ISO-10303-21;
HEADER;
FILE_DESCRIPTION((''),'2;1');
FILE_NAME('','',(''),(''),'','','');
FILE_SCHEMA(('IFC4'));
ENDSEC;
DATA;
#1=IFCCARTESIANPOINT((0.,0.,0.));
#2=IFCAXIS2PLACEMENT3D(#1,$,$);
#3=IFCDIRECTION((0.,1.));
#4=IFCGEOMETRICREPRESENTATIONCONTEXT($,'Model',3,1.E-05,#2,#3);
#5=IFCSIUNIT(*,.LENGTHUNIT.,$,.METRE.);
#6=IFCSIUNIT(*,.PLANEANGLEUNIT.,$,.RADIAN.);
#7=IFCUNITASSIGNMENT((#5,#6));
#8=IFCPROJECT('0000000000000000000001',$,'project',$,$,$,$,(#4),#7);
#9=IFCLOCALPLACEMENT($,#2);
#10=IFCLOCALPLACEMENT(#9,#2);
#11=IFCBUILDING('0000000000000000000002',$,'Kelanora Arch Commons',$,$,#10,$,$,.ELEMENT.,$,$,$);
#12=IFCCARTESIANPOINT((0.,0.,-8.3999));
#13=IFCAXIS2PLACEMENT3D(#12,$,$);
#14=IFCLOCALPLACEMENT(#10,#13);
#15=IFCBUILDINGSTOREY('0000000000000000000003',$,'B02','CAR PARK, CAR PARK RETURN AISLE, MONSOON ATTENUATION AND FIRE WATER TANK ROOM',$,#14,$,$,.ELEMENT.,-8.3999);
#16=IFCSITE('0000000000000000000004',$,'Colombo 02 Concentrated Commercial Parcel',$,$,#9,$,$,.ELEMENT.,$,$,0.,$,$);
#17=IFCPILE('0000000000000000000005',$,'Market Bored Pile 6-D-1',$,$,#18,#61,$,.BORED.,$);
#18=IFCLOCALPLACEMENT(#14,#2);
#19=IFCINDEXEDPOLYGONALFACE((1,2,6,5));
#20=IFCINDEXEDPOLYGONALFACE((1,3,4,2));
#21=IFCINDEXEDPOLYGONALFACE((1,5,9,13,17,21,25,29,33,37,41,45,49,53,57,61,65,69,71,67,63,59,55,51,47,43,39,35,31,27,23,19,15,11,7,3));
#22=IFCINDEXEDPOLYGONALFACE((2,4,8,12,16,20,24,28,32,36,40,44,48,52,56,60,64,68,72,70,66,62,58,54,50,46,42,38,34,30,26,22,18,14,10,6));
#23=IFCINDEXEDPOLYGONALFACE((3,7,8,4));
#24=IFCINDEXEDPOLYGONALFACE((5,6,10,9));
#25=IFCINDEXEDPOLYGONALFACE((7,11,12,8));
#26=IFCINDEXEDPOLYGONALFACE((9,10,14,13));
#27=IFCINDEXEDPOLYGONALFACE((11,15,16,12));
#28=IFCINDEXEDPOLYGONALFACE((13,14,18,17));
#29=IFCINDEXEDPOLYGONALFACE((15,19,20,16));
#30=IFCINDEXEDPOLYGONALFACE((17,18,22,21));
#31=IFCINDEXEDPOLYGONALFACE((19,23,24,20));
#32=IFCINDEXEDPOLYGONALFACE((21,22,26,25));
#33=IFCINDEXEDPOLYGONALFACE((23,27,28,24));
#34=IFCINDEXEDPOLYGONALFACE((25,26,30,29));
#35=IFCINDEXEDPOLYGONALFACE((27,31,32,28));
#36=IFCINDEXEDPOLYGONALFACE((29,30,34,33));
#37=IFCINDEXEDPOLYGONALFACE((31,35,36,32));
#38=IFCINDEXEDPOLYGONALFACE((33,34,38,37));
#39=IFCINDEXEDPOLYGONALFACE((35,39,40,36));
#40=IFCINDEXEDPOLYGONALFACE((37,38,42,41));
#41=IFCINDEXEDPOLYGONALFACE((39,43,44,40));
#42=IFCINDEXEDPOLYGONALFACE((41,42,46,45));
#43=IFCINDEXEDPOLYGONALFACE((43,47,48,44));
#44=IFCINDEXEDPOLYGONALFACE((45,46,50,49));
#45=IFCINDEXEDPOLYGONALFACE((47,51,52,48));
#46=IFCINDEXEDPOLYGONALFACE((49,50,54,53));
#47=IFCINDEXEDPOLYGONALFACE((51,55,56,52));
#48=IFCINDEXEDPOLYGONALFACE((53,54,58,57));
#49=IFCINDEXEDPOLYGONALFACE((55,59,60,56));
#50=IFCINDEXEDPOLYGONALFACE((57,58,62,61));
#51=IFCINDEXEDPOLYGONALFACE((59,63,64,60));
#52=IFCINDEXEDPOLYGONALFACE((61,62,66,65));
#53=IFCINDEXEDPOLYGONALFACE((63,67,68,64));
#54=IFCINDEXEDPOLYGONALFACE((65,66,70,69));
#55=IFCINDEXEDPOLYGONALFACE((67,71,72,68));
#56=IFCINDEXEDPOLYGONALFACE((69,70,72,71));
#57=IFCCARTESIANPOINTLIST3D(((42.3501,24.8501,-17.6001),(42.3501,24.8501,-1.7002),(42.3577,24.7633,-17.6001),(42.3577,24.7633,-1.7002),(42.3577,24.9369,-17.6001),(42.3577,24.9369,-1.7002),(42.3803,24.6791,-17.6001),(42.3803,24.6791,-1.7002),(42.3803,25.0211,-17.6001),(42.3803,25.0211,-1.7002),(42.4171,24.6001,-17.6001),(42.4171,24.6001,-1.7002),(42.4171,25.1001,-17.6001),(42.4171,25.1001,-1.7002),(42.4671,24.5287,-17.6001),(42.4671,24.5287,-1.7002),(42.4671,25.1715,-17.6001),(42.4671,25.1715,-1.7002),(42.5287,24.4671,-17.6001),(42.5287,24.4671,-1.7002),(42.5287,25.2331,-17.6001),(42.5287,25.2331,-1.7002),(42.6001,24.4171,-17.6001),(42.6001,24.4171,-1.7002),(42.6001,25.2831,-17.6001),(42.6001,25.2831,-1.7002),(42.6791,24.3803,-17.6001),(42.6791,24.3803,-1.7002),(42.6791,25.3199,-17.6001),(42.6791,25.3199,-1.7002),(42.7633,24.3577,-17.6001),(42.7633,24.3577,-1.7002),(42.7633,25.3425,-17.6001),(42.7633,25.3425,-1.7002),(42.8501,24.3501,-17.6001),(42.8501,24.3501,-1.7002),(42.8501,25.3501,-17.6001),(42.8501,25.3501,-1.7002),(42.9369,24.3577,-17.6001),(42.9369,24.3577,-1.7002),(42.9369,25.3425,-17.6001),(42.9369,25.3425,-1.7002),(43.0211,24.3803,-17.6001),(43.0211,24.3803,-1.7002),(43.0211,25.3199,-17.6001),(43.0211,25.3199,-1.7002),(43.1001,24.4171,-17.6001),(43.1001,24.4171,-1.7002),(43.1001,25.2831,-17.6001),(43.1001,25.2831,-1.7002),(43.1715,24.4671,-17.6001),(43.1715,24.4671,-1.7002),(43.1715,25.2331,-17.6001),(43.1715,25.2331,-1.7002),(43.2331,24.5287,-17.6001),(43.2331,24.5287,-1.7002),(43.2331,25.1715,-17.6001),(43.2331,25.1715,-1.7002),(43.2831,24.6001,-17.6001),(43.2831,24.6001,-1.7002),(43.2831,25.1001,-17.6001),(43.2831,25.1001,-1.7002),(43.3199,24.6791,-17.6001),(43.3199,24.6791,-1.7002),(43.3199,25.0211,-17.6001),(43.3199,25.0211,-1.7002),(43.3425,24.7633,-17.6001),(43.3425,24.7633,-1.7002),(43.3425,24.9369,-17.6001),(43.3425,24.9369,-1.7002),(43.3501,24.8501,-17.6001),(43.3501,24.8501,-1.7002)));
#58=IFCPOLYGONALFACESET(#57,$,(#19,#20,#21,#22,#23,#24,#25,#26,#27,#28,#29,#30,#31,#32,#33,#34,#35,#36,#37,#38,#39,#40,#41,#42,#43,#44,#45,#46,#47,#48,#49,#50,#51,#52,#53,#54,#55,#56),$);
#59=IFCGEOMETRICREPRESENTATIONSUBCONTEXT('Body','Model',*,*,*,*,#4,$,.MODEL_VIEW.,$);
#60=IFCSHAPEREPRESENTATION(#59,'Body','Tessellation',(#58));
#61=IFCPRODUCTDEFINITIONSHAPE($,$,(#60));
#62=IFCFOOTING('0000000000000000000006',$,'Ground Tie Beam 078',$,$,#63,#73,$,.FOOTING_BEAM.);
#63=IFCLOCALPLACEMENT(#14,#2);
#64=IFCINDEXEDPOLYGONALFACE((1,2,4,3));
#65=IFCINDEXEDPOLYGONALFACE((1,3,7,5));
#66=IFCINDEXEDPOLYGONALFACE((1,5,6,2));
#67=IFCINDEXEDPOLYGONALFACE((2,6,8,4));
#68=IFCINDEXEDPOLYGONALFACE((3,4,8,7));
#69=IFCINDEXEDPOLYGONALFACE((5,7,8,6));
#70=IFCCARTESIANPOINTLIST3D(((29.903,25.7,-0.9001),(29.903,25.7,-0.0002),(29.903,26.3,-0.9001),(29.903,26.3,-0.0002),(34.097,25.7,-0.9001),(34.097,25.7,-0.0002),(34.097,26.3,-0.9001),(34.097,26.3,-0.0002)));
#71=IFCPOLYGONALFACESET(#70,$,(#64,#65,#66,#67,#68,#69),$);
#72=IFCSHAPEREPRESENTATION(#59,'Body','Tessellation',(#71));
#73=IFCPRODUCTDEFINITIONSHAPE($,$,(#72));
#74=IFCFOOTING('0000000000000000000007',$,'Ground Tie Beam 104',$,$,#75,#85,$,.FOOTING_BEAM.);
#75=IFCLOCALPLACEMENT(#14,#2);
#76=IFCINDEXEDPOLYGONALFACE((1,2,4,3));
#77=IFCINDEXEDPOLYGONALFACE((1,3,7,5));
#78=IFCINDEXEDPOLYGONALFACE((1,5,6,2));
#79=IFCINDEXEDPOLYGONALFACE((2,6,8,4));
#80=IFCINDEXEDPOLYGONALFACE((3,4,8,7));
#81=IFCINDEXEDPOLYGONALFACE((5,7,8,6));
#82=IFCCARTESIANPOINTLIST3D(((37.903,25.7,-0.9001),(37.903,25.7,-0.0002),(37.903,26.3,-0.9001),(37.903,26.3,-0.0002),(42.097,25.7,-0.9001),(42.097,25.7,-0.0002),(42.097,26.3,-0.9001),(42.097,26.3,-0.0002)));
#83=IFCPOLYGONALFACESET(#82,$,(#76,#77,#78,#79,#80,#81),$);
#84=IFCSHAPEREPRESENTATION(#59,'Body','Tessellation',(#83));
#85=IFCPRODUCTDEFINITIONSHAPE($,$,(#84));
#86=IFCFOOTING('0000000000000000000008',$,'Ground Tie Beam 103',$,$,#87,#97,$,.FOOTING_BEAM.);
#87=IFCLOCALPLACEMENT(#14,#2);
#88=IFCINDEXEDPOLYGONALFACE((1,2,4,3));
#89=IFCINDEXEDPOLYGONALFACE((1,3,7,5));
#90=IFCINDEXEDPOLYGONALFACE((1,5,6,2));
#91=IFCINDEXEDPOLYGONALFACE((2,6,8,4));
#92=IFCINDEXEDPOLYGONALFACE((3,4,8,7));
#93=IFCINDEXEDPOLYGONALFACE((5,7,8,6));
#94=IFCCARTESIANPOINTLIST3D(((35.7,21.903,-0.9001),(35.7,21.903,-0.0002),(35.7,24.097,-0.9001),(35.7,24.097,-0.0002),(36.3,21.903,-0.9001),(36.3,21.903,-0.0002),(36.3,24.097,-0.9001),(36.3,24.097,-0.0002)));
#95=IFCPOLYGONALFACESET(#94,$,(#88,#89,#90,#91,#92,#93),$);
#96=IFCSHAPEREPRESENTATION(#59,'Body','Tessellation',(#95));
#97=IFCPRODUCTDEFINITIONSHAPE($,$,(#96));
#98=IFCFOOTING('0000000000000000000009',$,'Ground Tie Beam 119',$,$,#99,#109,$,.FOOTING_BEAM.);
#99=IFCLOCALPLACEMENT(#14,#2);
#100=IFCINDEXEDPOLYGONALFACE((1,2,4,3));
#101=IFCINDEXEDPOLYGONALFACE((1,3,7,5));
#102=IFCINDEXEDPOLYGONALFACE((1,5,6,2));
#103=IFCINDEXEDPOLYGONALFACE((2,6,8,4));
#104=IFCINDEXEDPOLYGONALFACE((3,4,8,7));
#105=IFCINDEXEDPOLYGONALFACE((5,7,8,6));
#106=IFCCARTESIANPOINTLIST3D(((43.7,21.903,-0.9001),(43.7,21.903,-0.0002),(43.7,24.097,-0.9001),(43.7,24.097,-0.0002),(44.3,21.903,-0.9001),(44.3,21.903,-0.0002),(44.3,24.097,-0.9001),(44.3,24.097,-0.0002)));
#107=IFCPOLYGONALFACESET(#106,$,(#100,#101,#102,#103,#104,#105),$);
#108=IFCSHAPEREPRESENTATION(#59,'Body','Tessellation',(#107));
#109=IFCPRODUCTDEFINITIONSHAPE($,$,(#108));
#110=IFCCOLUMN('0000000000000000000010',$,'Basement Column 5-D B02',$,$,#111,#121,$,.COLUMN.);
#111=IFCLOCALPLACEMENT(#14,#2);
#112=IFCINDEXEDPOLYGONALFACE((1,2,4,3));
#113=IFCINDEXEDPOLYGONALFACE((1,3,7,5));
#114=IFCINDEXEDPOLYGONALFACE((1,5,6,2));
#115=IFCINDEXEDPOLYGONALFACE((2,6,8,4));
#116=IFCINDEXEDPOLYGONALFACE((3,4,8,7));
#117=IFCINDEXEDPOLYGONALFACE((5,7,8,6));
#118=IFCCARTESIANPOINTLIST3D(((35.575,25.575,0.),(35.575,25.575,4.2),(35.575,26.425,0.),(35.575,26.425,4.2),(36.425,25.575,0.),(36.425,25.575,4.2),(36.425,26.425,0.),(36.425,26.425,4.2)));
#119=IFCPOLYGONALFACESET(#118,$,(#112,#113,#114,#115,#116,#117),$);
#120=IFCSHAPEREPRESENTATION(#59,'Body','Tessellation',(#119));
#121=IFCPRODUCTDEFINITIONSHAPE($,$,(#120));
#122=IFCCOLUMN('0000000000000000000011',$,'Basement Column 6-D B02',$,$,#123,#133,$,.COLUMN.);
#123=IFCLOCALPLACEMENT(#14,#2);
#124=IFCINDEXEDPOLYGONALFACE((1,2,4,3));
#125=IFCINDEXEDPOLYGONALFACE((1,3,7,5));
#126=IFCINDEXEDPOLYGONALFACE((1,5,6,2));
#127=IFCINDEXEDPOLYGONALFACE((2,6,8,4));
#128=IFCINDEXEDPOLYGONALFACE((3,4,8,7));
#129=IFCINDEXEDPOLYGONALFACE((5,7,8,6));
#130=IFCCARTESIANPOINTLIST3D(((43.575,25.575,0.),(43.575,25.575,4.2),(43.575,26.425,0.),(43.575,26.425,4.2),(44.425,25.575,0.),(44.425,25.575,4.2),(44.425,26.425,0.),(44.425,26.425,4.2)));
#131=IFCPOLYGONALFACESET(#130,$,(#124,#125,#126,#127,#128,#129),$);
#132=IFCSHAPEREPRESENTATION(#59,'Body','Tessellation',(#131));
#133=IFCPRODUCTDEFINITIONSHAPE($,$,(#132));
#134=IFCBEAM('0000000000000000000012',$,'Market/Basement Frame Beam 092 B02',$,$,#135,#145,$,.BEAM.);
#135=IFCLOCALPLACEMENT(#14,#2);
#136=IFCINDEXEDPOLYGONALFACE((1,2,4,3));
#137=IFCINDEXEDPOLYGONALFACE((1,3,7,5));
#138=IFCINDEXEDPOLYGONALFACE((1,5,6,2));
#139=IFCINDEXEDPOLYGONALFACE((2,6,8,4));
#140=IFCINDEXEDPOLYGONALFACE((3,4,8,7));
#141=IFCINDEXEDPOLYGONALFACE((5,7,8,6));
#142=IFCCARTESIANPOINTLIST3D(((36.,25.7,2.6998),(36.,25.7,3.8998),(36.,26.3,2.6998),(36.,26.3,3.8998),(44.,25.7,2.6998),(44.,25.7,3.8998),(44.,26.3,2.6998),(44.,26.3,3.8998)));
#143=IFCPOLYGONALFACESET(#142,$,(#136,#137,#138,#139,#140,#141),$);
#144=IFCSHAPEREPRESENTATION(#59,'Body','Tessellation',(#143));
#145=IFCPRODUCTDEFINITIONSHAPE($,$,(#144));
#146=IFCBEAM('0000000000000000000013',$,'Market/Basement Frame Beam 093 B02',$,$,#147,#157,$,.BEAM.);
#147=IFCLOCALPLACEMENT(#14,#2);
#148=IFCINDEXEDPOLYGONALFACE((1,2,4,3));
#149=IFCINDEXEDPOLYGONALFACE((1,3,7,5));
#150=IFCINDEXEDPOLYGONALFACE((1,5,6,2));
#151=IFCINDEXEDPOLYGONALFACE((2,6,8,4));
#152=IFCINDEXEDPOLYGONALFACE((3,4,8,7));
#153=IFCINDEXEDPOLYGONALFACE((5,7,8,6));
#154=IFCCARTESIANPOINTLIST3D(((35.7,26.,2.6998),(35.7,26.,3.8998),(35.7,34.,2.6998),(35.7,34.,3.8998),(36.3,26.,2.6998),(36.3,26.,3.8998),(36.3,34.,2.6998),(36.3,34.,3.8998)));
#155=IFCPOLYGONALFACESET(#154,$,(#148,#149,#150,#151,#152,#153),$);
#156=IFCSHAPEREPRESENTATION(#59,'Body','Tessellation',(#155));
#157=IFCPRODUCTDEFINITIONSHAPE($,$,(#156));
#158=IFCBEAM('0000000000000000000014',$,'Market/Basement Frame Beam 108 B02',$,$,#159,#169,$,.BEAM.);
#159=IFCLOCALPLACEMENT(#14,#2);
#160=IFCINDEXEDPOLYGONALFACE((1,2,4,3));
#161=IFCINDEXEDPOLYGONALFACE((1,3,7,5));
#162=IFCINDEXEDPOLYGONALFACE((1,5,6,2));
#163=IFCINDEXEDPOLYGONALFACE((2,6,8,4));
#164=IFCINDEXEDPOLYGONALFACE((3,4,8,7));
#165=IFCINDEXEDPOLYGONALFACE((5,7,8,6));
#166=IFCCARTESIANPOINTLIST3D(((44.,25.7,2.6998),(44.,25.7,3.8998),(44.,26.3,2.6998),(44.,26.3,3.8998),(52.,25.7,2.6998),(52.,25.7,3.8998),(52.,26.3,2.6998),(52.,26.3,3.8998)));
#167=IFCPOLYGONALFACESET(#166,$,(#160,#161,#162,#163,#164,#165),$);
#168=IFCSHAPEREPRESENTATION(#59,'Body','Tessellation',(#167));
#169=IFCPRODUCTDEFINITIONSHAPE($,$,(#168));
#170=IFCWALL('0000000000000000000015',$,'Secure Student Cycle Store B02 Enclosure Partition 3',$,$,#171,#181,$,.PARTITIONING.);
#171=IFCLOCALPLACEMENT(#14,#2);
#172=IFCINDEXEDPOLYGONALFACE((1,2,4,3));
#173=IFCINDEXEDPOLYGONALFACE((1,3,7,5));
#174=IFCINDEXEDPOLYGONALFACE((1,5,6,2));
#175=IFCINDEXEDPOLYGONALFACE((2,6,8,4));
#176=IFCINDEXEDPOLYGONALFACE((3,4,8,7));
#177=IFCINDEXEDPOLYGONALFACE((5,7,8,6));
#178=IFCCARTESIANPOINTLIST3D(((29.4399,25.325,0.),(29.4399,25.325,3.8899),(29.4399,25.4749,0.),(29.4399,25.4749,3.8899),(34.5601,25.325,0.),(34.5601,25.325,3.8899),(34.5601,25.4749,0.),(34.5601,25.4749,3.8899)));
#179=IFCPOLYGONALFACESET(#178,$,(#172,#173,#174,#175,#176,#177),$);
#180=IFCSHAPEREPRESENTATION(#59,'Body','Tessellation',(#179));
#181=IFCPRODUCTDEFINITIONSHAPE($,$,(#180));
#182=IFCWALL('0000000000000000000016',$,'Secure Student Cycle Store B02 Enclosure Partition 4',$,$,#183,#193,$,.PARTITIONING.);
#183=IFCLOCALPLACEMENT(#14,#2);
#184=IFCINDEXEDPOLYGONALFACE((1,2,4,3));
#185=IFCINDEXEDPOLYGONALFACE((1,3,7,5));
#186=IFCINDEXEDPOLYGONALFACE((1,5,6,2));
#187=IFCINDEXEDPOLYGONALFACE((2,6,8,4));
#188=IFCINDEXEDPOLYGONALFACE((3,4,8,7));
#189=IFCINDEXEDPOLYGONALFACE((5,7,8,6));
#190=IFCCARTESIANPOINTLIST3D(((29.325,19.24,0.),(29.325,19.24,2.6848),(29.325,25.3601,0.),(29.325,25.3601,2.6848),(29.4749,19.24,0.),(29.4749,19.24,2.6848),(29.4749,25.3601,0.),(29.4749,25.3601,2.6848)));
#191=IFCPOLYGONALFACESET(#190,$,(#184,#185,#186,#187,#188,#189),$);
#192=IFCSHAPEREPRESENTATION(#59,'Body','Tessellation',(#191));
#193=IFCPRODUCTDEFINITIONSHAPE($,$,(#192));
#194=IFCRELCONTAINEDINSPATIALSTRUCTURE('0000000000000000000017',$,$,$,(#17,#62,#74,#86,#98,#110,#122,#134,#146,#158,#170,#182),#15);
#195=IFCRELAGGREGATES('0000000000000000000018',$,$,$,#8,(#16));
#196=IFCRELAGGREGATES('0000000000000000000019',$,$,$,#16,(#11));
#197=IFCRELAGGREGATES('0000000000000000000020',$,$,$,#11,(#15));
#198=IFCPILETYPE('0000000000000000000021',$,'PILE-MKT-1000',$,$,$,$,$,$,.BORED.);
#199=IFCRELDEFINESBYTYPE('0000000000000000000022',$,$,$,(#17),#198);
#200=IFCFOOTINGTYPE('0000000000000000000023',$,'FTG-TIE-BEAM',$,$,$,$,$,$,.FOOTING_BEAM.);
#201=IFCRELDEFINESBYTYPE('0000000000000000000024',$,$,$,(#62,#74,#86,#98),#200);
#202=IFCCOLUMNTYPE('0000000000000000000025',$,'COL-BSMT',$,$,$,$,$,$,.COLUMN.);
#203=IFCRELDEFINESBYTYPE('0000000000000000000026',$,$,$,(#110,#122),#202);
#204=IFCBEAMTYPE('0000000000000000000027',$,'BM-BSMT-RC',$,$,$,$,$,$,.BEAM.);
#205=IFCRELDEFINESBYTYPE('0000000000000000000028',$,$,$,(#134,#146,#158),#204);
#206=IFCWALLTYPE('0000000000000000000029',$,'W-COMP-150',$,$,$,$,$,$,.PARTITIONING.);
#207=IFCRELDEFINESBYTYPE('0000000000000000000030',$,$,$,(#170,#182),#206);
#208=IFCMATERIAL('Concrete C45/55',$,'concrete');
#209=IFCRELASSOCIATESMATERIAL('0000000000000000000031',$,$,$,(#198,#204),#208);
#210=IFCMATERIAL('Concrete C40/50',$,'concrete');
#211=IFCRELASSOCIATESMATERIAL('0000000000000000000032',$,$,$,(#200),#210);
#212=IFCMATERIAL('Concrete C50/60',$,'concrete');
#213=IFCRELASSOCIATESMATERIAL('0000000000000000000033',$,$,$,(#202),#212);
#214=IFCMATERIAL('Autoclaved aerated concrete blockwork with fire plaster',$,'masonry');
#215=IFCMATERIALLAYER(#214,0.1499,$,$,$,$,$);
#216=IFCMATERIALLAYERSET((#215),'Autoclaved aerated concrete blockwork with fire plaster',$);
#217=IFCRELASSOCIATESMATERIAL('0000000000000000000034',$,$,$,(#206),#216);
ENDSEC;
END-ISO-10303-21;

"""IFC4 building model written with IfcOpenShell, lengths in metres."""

from ifc_helpers import new_model, si_unit, direction, frame, frame_2d, origin, origin_2d, place, context, subcontext, project, spatial, rectangle, circle, extrude, source, transform, mapped, material, layer, layer_set, material_profile, profile_set, type_object, element, save


model = new_model("IFC4")

# Units and contexts
model_context = context("Model", 3, precision=1e-05, world=origin(), true_north=direction((0.0, 1.0)))
body_context = subcontext(model_context, "Body", "Model", "MODEL_VIEW")
ifc_project = project(units=[si_unit("LENGTHUNIT", "METRE"), si_unit("PLANEANGLEUNIT", "RADIAN")], contexts=[model_context])

# Site, building, storey
site_placement = place(None, origin())
site = spatial("IfcSite", under=ifc_project, at=site_placement, Name="Colombo 02 Concentrated Commercial Parcel", CompositionType="ELEMENT", RefElevation=0.0)
building_placement = place(site_placement, origin())
building = spatial("IfcBuilding", under=site, at=building_placement, Name="Kelanora Arch Commons", CompositionType="ELEMENT")
storey_placement = place(building_placement, frame((0.0, 0.0, -8.3999)))
storey = spatial("IfcBuildingStorey", under=building, at=storey_placement, Name="B02", Description="CAR PARK, CAR PARK RETURN AISLE, MONSOON ATTENUATION AND FIRE WATER TANK ROOM", CompositionType="ELEMENT", Elevation=-8.3999)

# Shared definitions
ifc_material_1 = material(Name="Concrete C40/50", Category="concrete")

# Pile
ifc_material_2 = material(Name="Concrete C45/55", Category="concrete")
ifc_material_profile_1 = material_profile(ifc_material_2, circle(Radius=0.5, at=origin_2d()), Name="PILE1000")
ifc_profile_set_1 = profile_set([ifc_material_profile_1], Name="Concrete C45/55")
pile_type = type_object("IfcPileType", Name="PILE-MKT-1000", PredefinedType="BORED", material=ifc_profile_set_1)
shared_shape_1 = source(origin(), body_context, "Body", "SweptSolid", [
    extrude(circle(Radius=0.5, at=origin_2d()), origin(), (0.0, 0.0, 1.0), 15.8999),
])
for number, where, z_axis, x_axis, name in (
    (1, (42.8501, 24.8501, -1.7002), (0.0, 0.0, -1.0), (1.0, 0.0, 0.0), "Market Bored Pile 6-D-1"),
):
    element("IfcPile", number, at=place(storey_placement, frame(where, z_axis=z_axis, x_axis=x_axis)), inside=storey, type_object=pile_type, Name=name, PredefinedType="BORED", context=body_context, shape_type="MappedRepresentation", body=[
        mapped(shared_shape_1, transform((0.0, 0.0, 0.0), scale=1.0)),
    ])

# Footings
footing_type_1 = type_object("IfcFootingType", Name="FTG-TIE-BEAM", PredefinedType="FOOTING_BEAM", material=ifc_material_1)
shared_shape_2 = source(origin(), body_context, "Body", "SweptSolid", [
    extrude(rectangle(XDim=4.1941, YDim=0.6001, at=origin_2d()), origin(), (0.0, 0.0, 1.0), 0.8999),
])
for number, where, z_axis, x_axis, name in (
    (2, (32.0, 26.0, -0.9001), (0.0, 0.0, 1.0), (1.0, 0.0, 0.0), "Ground Tie Beam 078"),
    (3, (40.0, 26.0, -0.9001), (0.0, 0.0, 1.0), (1.0, 0.0, 0.0), "Ground Tie Beam 104"),
):
    element("IfcFooting", number, at=place(storey_placement, frame(where, z_axis=z_axis, x_axis=x_axis)), inside=storey, type_object=footing_type_1, Name=name, PredefinedType="FOOTING_BEAM", context=body_context, shape_type="MappedRepresentation", body=[
        mapped(shared_shape_2, transform((0.0, 0.0, 0.0), scale=1.0)),
    ])
shared_shape_3 = source(origin(), body_context, "Body", "SweptSolid", [
    extrude(rectangle(XDim=2.1941, YDim=0.6001, at=origin_2d()), origin(), (0.0, 0.0, 1.0), 0.8999),
])
for number, where, z_axis, x_axis, name in (
    (4, (36.0, 23.0, -0.9001), (0.0, 0.0, 1.0), (0.0, 1.0, 0.0), "Ground Tie Beam 103"),
    (5, (44.0, 23.0, -0.9001), (0.0, 0.0, 1.0), (0.0, 1.0, 0.0), "Ground Tie Beam 119"),
):
    element("IfcFooting", number, at=place(storey_placement, frame(where, z_axis=z_axis, x_axis=x_axis)), inside=storey, type_object=footing_type_1, Name=name, PredefinedType="FOOTING_BEAM", context=body_context, shape_type="MappedRepresentation", body=[
        mapped(shared_shape_3, transform((0.0, 0.0, 0.0), scale=1.0)),
    ])

# Columns
ifc_material_3 = material(Name="Concrete C50/60", Category="concrete")
ifc_material_profile_2 = material_profile(ifc_material_3, rectangle(XDim=0.8501, YDim=0.8501, at=origin_2d()), Name="RC850x850")
ifc_profile_set_2 = profile_set([ifc_material_profile_2], Name="Concrete C50/60")
column_type = type_object("IfcColumnType", Name="COL-BSMT", PredefinedType="COLUMN", material=ifc_profile_set_2)
for number, where, z_axis, x_axis, name in (
    (6, (36.0, 26.0, 0.0), (0.0, 0.0, 1.0), (1.0, 0.0, 0.0), "Basement Column 5-D B02"),
    (7, (44.0, 26.0, 0.0), (0.0, 0.0, 1.0), (1.0, 0.0, 0.0), "Basement Column 6-D B02"),
):
    element("IfcColumn", number, at=place(storey_placement, frame(where, z_axis=z_axis, x_axis=x_axis)), inside=storey, type_object=column_type, Name=name, PredefinedType="COLUMN", context=body_context, shape_type="SweptSolid", body=[
        extrude(rectangle(XDim=0.8501, YDim=0.8501, at=origin_2d()), origin(), (0.0, 0.0, 1.0), 4.2),
    ])

# Beams
ifc_material_profile_3 = material_profile(ifc_material_2, rectangle(XDim=0.6001, YDim=1.2, at=origin_2d()), Name="RCB600x1200")
ifc_profile_set_3 = profile_set([ifc_material_profile_3], Name="Concrete C45/55")
beam_type = type_object("IfcBeamType", Name="BM-BSMT-RC", PredefinedType="BEAM", material=ifc_profile_set_3)
for number, where, z_axis, x_axis, name in (
    (8, (36.0, 26.0, 3.2998), (1.0, 0.0, 0.0), (0.0, 1.0, 0.0), "Market/Basement Frame Beam 092 B02"),
    (9, (36.0, 26.0, 3.2998), (0.0, 1.0, 0.0), (-1.0, 0.0, 0.0), "Market/Basement Frame Beam 093 B02"),
    (10, (44.0, 26.0, 3.2998), (1.0, 0.0, 0.0), (0.0, 1.0, 0.0), "Market/Basement Frame Beam 108 B02"),
):
    element("IfcBeam", number, at=place(storey_placement, frame(where, z_axis=z_axis, x_axis=x_axis)), inside=storey, type_object=beam_type, Name=name, PredefinedType="BEAM", context=body_context, shape_type="SweptSolid", body=[
        extrude(rectangle(XDim=0.6001, YDim=1.2, at=origin_2d()), origin(), (0.0, 0.0, 1.0), 8.0),
    ])

# Walls
ifc_material_4 = material(Name="Autoclaved aerated concrete blockwork with fire plaster", Category="masonry")
ifc_layer = layer(ifc_material_4, 0.1499)
ifc_layer_set = layer_set([ifc_layer], Name="Autoclaved aerated concrete blockwork with fire plaster")
wall_type = type_object("IfcWallType", Name="W-COMP-150", PredefinedType="PARTITIONING", material=ifc_layer_set)
wall_1_placement = place(storey_placement, frame((34.5601, 25.3999, 0.0), z_axis=(0.0, 0.0, 1.0), x_axis=(-1.0, 0.0, 0.0)))
element("IfcWall", 11, at=wall_1_placement, inside=storey, type_object=wall_type, Name="Secure Student Cycle Store B02 Enclosure Partition 3", PredefinedType="PARTITIONING", context=body_context, shape_type="SweptSolid", body=[
    extrude(rectangle(XDim=5.1201, YDim=0.1499, at=frame_2d((2.5601, 0.0))), origin(), (0.0, 0.0, 1.0), 3.8899),
])
wall_2_placement = place(storey_placement, frame((29.3999, 25.3601, 0.0), z_axis=(0.0, 0.0, 1.0), x_axis=(0.0, -1.0, 0.0)))
element("IfcWall", 12, at=wall_2_placement, inside=storey, type_object=wall_type, Name="Secure Student Cycle Store B02 Enclosure Partition 4", PredefinedType="PARTITIONING", context=body_context, shape_type="SweptSolid", body=[
    extrude(rectangle(XDim=6.1201, YDim=0.1499, at=frame_2d((3.0601, 0.0))), origin(), (0.0, 0.0, 1.0), 2.6848),
])

save(model, "model.ifc")
